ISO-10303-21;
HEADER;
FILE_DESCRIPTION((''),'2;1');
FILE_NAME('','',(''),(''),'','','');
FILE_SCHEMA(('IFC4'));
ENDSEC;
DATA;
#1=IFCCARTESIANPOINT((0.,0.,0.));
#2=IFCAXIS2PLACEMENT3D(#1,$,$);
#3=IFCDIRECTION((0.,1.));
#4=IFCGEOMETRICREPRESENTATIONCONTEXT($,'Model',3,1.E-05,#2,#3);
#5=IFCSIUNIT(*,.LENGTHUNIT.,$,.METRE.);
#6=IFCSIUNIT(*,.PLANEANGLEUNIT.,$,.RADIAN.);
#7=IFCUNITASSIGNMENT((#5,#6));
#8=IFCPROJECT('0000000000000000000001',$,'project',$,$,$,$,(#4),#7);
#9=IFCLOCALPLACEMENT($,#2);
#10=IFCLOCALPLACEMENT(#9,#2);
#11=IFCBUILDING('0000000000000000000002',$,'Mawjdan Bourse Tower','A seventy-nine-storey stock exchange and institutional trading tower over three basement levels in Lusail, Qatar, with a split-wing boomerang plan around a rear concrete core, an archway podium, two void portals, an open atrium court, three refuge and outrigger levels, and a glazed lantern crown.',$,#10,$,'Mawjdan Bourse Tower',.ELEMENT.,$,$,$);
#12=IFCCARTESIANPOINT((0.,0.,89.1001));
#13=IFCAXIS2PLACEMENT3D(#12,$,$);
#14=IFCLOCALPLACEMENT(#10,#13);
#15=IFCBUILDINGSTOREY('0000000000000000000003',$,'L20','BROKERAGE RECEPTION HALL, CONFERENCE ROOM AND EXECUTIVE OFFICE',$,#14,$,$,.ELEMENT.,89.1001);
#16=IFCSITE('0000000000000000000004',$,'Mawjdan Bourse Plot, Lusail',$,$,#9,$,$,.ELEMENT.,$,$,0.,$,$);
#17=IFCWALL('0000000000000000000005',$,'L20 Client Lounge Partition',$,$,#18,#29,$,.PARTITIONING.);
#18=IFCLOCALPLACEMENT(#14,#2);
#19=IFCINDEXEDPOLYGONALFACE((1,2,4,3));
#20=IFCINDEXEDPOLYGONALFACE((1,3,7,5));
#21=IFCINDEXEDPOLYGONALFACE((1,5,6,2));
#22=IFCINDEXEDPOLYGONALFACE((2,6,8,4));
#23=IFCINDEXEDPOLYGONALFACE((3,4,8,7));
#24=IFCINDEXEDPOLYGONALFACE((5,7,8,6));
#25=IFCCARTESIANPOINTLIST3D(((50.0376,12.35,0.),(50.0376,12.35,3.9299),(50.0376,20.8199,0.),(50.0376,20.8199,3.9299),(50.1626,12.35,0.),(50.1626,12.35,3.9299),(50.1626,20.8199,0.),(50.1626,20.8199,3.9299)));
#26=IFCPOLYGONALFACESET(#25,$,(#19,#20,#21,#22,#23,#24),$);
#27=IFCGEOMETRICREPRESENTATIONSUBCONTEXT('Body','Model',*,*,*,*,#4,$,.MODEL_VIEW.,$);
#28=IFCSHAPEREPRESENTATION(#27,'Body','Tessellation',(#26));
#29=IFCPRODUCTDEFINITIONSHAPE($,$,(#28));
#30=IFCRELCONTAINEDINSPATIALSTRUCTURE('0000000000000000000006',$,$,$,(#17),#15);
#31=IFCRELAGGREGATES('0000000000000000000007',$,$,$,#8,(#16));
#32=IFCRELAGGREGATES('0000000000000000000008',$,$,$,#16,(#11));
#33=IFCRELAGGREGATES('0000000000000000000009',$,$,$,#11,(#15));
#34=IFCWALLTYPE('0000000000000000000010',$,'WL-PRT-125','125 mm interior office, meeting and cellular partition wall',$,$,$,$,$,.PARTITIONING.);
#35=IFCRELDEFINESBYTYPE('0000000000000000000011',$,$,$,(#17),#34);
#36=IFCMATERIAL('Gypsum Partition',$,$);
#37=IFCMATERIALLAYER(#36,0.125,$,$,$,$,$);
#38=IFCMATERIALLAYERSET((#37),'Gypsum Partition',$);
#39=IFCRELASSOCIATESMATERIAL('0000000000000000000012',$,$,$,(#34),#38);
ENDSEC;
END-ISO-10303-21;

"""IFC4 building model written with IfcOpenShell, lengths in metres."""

from ifc_helpers import new_model, si_unit, direction, frame, frame_2d, origin, place, context, subcontext, project, spatial, rectangle, extrude, material, layer, layer_set, type_object, element, save


model = new_model("IFC4")

# Units and contexts
model_context = context("Model", 3, precision=1e-05, world=origin(), true_north=direction((0.0, 1.0)))
body_context = subcontext(model_context, "Body", "Model", "MODEL_VIEW")
ifc_project = project(units=[si_unit("LENGTHUNIT", "METRE"), si_unit("PLANEANGLEUNIT", "RADIAN")], contexts=[model_context])

# Site, building, storey
site_placement = place(None, origin())
site = spatial("IfcSite", under=ifc_project, at=site_placement, Name="Mawjdan Bourse Plot, Lusail", CompositionType="ELEMENT", RefElevation=0.0)
building_placement = place(site_placement, origin())
building = spatial("IfcBuilding", under=site, at=building_placement, Name="Mawjdan Bourse Tower", Description="A seventy-nine-storey stock exchange and institutional trading tower over three basement levels in Lusail, Qatar, with a split-wing boomerang plan around a rear concrete core, an archway podium, two void portals, an open atrium court, three refuge and outrigger levels, and a glazed lantern crown.", LongName="Mawjdan Bourse Tower", CompositionType="ELEMENT")
storey_placement = place(building_placement, frame((0.0, 0.0, 89.1001)))
storey = spatial("IfcBuildingStorey", under=building, at=storey_placement, Name="L20", Description="BROKERAGE RECEPTION HALL, CONFERENCE ROOM AND EXECUTIVE OFFICE", CompositionType="ELEMENT", Elevation=89.1001)

# Wall
ifc_material_1 = material(Name="Gypsum Partition")
ifc_layer_1 = layer(ifc_material_1, 0.125)
ifc_layer_set_1 = layer_set([ifc_layer_1], Name="Gypsum Partition")
wall_type_1 = type_object("IfcWallType", Name="WL-PRT-125", Description="125 mm interior office, meeting and cellular partition wall", PredefinedType="PARTITIONING", material=ifc_layer_set_1)
wall_1_placement = place(storey_placement, frame((50.1001, 12.3501, 0.0), z_axis=(0.0, 0.0, 1.0), x_axis=(0.0, 1.0, 0.0)))
element("IfcWall", 1, at=wall_1_placement, inside=storey, type_object=wall_type_1, Name="L20 Client Lounge Partition", PredefinedType="PARTITIONING", context=body_context, shape_type="SweptSolid", body=[
    extrude(rectangle(XDim=8.47, YDim=0.125, at=frame_2d((4.2349, 0.0))), origin(), (0.0, 0.0, 1.0), 3.9299),
])

save(model, "model.ifc")
